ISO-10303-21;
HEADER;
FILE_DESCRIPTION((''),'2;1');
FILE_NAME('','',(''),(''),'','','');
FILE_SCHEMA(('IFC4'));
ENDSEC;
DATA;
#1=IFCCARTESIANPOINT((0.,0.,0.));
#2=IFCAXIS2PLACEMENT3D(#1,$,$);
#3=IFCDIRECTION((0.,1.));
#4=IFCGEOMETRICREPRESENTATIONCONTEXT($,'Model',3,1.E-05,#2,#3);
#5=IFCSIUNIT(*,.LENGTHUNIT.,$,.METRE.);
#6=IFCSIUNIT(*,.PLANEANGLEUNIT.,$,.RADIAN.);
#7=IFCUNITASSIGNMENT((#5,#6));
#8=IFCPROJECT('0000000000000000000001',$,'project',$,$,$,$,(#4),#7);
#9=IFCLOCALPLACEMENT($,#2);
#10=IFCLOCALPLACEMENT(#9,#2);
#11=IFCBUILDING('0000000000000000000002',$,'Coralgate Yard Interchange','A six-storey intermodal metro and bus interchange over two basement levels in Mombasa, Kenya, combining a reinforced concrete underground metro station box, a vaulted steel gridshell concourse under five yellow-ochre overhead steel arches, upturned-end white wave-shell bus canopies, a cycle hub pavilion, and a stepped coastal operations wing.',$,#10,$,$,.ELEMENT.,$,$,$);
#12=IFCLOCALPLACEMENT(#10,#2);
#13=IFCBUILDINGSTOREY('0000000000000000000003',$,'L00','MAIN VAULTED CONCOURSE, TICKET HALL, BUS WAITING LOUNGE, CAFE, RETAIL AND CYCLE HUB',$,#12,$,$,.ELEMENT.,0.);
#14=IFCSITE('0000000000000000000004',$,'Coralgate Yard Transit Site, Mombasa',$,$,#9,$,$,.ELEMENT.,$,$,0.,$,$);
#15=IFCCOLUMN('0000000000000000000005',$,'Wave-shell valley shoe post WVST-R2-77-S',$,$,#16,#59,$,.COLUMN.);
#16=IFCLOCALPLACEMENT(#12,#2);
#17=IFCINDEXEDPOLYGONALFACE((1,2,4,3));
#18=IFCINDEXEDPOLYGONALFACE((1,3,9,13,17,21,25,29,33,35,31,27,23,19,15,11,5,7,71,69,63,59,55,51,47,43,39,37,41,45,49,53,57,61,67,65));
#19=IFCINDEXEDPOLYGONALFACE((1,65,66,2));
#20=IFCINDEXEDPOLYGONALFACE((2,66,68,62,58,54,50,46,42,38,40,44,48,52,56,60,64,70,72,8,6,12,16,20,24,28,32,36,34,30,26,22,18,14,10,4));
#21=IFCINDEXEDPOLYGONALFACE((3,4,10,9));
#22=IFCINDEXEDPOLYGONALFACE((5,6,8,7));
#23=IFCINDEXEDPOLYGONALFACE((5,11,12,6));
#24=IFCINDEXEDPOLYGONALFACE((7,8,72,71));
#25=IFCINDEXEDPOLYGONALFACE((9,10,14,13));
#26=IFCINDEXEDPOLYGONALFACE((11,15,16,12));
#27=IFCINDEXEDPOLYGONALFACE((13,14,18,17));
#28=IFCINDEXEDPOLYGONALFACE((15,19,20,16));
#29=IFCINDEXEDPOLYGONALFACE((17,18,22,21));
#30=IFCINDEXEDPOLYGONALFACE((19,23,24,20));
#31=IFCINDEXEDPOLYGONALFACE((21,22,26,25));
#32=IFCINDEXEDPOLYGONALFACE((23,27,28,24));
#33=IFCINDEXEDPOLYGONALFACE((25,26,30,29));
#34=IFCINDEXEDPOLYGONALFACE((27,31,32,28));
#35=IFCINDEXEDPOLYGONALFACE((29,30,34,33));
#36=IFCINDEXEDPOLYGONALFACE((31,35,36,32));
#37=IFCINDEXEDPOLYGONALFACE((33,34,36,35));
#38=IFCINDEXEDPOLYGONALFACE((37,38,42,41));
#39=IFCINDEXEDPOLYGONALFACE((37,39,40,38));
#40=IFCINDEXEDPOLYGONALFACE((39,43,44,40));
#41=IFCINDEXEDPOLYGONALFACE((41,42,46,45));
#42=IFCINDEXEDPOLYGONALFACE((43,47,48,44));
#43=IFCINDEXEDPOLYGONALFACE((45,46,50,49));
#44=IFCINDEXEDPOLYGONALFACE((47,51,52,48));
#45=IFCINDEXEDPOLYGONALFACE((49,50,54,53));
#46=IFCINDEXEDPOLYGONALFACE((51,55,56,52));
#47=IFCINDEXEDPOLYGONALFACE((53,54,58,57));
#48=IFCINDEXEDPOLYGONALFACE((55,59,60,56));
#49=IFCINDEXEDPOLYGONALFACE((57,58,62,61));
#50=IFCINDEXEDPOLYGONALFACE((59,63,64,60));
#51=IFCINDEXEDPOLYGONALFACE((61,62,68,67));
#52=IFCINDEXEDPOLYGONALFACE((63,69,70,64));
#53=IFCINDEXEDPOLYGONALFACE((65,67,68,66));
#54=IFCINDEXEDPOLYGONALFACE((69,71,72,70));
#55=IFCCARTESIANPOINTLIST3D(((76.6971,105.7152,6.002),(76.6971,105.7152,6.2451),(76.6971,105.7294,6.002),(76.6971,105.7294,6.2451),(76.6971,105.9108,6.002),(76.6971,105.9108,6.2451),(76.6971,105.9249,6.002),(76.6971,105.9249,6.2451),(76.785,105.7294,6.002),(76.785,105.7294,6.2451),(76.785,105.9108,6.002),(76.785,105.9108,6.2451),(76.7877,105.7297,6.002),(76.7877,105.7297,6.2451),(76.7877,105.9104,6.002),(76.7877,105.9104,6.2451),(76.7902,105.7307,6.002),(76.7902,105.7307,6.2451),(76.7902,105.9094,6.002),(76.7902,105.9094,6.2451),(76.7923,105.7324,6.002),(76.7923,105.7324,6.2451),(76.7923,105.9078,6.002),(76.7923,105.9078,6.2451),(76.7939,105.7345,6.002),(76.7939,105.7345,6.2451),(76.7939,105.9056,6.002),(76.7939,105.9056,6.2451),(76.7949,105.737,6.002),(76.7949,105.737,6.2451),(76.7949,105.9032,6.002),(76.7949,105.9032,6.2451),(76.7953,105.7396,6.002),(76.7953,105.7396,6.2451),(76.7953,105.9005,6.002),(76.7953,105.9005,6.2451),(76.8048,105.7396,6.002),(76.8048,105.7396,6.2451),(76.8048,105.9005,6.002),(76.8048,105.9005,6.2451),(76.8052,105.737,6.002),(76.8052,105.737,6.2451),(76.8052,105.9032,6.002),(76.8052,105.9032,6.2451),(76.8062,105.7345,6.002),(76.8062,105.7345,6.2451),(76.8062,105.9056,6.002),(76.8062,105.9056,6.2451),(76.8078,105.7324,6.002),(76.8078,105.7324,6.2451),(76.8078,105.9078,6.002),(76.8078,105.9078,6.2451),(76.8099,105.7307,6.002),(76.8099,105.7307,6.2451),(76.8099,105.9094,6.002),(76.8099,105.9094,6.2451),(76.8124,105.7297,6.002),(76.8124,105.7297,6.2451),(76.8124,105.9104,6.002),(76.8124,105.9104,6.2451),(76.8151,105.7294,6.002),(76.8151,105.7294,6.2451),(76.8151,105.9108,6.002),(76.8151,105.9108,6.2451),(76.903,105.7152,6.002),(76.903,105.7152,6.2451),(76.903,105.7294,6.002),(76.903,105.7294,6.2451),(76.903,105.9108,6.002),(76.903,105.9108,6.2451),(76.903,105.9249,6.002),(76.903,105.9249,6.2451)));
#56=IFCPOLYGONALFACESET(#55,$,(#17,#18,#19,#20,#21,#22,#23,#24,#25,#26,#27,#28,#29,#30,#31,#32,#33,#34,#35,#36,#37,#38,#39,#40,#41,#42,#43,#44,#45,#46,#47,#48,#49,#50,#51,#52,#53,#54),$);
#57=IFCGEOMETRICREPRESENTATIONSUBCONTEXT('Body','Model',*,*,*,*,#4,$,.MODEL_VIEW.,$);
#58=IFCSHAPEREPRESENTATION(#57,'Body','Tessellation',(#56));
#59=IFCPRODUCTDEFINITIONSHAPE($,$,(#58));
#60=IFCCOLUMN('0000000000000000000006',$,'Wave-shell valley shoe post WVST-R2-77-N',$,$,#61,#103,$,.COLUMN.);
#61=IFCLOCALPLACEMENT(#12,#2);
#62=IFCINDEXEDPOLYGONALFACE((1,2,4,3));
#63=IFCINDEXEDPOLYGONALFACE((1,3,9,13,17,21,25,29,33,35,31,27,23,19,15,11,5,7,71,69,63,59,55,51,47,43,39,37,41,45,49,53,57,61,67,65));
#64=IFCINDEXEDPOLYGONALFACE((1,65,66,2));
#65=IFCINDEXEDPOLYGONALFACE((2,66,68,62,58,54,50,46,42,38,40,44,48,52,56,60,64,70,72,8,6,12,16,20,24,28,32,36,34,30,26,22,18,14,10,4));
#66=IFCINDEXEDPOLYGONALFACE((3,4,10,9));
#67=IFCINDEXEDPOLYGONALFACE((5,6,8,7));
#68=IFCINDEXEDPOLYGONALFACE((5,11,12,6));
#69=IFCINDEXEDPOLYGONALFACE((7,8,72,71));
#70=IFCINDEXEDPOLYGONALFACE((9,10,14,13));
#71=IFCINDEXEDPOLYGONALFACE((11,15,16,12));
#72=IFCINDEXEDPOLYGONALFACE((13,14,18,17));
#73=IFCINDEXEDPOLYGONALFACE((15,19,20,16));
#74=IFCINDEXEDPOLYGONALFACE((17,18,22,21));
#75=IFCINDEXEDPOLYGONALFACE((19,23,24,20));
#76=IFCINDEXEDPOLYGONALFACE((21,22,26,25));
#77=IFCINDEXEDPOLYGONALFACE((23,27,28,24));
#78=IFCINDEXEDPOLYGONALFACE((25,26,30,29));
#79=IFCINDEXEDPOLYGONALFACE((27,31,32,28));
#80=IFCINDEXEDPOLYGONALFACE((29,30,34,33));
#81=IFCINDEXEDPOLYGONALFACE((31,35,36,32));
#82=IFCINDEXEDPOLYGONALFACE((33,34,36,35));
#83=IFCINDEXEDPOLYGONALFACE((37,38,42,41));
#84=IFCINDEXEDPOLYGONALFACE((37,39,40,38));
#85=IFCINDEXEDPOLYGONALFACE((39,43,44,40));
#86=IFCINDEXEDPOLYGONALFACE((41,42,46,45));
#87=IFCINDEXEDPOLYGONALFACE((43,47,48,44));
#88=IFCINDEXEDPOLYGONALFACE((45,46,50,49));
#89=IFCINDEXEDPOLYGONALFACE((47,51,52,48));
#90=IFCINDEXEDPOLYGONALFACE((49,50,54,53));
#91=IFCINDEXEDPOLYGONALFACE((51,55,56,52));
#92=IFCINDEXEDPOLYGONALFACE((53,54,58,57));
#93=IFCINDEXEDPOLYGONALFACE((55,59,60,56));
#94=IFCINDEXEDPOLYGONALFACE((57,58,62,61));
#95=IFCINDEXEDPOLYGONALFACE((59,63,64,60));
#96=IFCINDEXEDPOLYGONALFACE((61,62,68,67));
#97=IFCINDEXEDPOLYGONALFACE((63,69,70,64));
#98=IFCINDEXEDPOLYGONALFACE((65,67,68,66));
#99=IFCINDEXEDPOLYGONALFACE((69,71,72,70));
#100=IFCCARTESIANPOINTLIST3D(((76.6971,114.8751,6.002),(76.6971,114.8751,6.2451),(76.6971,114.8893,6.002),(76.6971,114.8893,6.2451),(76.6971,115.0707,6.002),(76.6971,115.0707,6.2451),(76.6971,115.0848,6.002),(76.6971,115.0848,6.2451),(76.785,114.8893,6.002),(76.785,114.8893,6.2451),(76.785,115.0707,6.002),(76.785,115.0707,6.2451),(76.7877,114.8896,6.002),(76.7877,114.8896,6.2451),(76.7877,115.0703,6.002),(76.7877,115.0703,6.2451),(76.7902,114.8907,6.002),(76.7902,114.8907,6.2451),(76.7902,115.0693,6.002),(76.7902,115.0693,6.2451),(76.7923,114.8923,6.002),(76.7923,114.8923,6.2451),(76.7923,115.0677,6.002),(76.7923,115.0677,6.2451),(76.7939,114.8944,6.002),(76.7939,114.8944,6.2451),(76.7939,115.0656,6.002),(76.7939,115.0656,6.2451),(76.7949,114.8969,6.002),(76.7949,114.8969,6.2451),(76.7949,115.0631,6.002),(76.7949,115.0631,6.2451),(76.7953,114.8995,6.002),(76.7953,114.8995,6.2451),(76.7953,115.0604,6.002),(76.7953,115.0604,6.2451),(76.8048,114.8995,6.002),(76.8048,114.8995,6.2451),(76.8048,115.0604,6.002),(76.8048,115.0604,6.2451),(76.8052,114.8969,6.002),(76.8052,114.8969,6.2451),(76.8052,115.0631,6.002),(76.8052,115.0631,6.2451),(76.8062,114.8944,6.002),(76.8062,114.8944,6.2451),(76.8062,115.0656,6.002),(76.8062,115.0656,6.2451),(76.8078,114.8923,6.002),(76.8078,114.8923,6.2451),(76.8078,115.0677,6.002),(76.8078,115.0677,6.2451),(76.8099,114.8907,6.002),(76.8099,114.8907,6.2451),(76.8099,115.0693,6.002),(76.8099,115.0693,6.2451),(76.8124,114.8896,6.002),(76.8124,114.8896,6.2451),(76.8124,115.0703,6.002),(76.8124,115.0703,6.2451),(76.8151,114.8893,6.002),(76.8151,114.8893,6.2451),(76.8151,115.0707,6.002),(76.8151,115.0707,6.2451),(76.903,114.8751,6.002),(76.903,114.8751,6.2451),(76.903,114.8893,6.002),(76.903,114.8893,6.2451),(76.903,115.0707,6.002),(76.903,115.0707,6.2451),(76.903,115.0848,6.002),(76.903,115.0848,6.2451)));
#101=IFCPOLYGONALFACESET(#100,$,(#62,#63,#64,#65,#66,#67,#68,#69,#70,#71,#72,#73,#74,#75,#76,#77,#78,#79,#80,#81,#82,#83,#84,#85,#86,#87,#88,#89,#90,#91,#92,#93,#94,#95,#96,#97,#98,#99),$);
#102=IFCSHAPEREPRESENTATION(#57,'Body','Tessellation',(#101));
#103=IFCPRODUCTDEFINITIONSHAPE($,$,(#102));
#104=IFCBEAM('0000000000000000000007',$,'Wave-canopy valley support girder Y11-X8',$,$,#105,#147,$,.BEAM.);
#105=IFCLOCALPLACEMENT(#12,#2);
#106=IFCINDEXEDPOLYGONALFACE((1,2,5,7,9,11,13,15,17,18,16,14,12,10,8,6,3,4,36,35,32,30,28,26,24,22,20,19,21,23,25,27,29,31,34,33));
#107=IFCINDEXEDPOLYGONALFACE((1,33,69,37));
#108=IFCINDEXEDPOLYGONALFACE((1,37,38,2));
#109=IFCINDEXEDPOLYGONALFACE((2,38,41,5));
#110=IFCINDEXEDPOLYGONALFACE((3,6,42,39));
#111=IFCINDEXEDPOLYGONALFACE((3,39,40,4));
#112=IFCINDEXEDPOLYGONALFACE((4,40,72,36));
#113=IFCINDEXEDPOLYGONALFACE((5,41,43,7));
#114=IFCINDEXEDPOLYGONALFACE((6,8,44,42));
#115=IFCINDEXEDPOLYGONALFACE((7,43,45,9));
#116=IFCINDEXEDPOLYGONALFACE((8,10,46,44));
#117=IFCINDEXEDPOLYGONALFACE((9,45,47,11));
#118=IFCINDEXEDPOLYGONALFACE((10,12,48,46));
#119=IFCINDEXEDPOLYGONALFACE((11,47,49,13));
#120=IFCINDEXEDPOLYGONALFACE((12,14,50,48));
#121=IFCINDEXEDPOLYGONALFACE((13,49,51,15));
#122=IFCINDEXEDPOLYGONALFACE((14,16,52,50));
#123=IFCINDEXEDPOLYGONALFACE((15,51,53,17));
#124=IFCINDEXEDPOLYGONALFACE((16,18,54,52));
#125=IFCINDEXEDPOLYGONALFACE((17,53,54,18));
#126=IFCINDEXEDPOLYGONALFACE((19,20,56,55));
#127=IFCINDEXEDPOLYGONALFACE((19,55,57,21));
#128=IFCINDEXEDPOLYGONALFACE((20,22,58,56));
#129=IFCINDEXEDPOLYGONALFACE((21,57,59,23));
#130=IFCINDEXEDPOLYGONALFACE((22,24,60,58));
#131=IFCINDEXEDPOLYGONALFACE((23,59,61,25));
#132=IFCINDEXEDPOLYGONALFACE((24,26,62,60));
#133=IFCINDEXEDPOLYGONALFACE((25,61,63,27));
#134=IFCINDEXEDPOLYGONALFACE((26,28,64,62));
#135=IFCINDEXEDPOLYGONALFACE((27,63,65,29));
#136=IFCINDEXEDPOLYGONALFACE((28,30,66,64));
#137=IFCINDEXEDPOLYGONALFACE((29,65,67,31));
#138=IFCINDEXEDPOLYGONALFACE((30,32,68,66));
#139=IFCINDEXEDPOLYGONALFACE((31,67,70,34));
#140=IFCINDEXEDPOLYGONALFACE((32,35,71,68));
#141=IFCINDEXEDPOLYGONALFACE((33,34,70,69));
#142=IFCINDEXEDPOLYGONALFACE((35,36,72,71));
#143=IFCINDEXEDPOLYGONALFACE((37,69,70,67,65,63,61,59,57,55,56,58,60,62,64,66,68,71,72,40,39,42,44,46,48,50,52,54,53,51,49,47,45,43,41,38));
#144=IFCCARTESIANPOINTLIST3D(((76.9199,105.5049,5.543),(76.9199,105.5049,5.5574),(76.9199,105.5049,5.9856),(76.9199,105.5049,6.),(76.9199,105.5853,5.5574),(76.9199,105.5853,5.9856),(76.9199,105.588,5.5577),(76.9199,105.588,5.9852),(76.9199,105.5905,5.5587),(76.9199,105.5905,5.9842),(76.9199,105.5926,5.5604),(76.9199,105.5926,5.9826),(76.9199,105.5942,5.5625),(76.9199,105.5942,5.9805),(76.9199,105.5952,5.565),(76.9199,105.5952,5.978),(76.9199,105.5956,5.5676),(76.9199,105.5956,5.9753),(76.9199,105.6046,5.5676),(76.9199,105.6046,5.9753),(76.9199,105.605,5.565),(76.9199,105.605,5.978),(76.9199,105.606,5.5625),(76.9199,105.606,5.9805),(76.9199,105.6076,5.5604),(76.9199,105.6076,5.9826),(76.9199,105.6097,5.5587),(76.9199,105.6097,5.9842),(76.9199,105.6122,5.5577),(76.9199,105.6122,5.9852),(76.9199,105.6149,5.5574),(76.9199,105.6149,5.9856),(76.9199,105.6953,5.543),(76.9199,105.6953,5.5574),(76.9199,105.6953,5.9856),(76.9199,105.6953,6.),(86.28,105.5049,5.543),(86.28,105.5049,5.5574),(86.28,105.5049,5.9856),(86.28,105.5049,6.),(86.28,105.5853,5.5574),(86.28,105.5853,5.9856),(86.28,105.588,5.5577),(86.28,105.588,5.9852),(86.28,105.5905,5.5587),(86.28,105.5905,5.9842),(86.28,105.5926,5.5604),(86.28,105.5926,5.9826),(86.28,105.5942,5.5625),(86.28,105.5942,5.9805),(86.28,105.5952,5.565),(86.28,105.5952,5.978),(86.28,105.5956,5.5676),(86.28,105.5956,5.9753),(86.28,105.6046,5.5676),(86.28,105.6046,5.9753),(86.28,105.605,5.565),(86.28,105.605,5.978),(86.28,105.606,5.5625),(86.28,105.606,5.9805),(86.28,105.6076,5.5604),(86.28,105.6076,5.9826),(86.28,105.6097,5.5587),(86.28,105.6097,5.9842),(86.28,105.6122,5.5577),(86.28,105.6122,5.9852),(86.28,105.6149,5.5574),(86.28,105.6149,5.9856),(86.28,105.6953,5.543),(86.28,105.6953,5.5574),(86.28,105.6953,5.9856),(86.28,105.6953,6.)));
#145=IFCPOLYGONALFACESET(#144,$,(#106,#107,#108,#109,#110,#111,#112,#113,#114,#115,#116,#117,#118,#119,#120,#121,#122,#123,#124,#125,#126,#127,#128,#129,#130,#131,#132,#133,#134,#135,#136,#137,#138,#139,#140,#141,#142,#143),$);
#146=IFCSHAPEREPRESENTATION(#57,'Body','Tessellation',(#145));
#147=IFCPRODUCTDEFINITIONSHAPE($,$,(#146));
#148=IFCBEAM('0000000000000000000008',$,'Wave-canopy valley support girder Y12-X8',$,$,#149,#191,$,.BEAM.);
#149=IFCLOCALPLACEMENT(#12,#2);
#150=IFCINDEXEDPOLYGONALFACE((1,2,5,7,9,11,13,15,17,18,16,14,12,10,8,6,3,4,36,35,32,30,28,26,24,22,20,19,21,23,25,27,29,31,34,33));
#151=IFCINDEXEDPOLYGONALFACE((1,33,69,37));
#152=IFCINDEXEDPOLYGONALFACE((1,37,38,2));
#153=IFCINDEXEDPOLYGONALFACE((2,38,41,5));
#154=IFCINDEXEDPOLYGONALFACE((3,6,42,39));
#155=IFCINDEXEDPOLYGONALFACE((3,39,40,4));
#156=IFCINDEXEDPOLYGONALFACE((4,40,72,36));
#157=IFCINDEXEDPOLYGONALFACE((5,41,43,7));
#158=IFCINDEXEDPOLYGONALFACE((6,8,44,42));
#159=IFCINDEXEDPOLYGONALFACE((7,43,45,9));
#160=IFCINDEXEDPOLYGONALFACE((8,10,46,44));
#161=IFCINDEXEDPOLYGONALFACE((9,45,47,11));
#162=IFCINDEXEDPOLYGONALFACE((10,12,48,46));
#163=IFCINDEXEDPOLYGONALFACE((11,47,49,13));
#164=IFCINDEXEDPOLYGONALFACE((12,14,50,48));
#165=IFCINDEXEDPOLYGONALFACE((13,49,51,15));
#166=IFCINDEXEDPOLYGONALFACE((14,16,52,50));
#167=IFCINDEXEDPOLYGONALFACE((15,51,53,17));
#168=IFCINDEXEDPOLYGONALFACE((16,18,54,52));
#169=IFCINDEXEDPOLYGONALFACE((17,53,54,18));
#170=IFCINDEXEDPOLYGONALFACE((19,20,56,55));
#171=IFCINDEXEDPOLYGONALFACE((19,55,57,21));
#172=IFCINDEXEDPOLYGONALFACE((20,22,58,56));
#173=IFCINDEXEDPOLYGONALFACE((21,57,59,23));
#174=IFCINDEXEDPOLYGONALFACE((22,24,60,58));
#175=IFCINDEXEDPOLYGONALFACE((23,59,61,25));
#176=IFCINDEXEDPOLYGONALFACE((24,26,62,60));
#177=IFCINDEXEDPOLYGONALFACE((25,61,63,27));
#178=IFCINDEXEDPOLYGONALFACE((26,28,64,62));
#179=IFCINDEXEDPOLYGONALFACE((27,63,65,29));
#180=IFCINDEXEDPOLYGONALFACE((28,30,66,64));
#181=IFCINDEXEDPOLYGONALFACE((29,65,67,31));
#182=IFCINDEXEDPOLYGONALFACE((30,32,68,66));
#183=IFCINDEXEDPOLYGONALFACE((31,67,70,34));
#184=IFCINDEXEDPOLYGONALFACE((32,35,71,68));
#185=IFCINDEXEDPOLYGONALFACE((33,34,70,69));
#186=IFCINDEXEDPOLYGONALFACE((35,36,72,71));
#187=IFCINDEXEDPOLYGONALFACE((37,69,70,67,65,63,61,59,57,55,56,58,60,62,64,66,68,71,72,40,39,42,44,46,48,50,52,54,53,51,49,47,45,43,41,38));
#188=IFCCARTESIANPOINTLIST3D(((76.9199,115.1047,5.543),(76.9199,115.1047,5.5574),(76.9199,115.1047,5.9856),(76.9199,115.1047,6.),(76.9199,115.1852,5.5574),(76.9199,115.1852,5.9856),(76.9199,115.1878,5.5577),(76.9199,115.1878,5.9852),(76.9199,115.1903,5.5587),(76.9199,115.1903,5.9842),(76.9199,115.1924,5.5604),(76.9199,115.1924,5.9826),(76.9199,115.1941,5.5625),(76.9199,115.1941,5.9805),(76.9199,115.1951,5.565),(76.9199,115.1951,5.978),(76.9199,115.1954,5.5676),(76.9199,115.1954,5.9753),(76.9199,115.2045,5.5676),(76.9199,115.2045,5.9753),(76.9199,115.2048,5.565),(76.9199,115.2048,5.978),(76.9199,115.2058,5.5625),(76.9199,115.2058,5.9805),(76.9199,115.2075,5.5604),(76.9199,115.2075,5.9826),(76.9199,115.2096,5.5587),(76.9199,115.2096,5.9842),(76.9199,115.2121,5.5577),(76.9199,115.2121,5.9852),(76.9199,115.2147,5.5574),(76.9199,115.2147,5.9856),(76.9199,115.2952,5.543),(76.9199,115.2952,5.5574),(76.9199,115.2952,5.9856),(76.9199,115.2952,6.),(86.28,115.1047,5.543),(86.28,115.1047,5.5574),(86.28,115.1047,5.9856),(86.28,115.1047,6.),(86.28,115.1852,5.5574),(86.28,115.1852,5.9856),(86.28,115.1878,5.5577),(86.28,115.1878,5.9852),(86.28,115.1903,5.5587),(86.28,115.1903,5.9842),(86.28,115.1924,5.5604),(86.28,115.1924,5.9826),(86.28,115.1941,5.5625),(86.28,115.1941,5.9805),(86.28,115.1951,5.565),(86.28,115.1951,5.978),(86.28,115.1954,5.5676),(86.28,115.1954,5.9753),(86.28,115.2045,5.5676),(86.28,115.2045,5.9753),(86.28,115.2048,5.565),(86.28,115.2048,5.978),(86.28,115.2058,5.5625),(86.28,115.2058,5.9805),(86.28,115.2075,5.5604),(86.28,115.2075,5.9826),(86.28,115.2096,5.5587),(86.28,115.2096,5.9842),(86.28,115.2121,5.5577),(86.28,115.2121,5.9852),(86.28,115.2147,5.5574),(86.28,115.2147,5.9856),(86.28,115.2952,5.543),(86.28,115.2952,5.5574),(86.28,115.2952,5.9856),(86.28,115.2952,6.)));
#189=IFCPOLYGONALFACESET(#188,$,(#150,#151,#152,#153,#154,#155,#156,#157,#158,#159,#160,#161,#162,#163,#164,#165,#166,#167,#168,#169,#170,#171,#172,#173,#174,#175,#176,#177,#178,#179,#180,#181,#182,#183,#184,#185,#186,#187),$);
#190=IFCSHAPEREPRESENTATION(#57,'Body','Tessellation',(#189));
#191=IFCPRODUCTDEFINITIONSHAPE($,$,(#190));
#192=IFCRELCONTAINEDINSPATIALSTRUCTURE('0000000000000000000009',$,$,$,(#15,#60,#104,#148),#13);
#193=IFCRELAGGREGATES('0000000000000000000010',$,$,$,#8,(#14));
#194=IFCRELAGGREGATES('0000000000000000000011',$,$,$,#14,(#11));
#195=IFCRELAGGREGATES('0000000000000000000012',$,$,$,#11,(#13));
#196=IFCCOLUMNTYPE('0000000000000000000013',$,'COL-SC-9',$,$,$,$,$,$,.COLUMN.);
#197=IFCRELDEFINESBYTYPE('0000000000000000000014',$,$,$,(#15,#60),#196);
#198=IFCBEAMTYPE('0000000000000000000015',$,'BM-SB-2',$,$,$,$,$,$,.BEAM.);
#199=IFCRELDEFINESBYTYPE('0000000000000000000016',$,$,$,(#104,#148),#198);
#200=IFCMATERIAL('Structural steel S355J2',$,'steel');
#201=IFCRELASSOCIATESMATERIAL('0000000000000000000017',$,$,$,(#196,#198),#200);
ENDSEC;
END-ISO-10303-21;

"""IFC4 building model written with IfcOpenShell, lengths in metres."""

from ifc_helpers import new_model, si_unit, direction, frame, origin, origin_2d, place, context, subcontext, project, spatial, i_section, extrude, material, material_profile, profile_set, type_object, element, save


model = new_model("IFC4")

# Units and contexts
model_context = context("Model", 3, precision=1e-05, world=origin(), true_north=direction((0.0, 1.0)))
body_context = subcontext(model_context, "Body", "Model", "MODEL_VIEW")
ifc_project = project(units=[si_unit("LENGTHUNIT", "METRE"), si_unit("PLANEANGLEUNIT", "RADIAN")], contexts=[model_context])

# Site, building, storey
site_placement = place(None, origin())
site = spatial("IfcSite", under=ifc_project, at=site_placement, Name="Coralgate Yard Transit Site, Mombasa", CompositionType="ELEMENT", RefElevation=0.0)
building_placement = place(site_placement, origin())
building = spatial("IfcBuilding", under=site, at=building_placement, Name="Coralgate Yard Interchange", Description="A six-storey intermodal metro and bus interchange over two basement levels in Mombasa, Kenya, combining a reinforced concrete underground metro station box, a vaulted steel gridshell concourse under five yellow-ochre overhead steel arches, upturned-end white wave-shell bus canopies, a cycle hub pavilion, and a stepped coastal operations wing.", CompositionType="ELEMENT")
storey_placement = place(building_placement, origin())
storey = spatial("IfcBuildingStorey", under=building, at=storey_placement, Name="L00", Description="MAIN VAULTED CONCOURSE, TICKET HALL, BUS WAITING LOUNGE, CAFE, RETAIL AND CYCLE HUB", CompositionType="ELEMENT", Elevation=0.0)

# Columns
ifc_material_1 = material(Name="Structural steel S355J2", Category="steel")
ifc_material_profile_1 = material_profile(ifc_material_1, i_section(OverallWidth=0.2058, OverallDepth=0.2097, WebThickness=0.0095, FlangeThickness=0.0142, FilletRadius=0.0103, at=origin_2d()), Name="UC 203x203x60")
ifc_profile_set_1 = profile_set([ifc_material_profile_1], Name="Structural steel S355J2")
column_type_1 = type_object("IfcColumnType", Name="COL-SC-9", PredefinedType="COLUMN", material=ifc_profile_set_1)
for number, where, z_axis, x_axis, name in (
    (1, (76.8, 105.8201, 6.002), (0.0, 0.0, 1.0), (1.0, 0.0, 0.0), "Wave-shell valley shoe post WVST-R2-77-S"),
    (2, (76.8, 114.98, 6.002), (0.0, 0.0, 1.0), (1.0, 0.0, 0.0), "Wave-shell valley shoe post WVST-R2-77-N"),
):
    element("IfcColumn", number, at=place(storey_placement, frame(where, z_axis=z_axis, x_axis=x_axis)), inside=storey, type_object=column_type_1, Name=name, PredefinedType="COLUMN", context=body_context, shape_type="SweptSolid", body=[
        extrude(i_section(OverallWidth=0.2058, OverallDepth=0.2097, WebThickness=0.0095, FlangeThickness=0.0142, FilletRadius=0.0103, at=origin_2d()), origin(), (0.0, 0.0, 1.0), 0.2432),
    ])

# Beams
ifc_material_profile_2 = material_profile(ifc_material_1, i_section(OverallWidth=0.1904, OverallDepth=0.457, WebThickness=0.009, FlangeThickness=0.0144, FilletRadius=0.0103, at=origin_2d()), Name="UB 457x191x74")
ifc_profile_set_2 = profile_set([ifc_material_profile_2], Name="Structural steel S355J2")
beam_type_1 = type_object("IfcBeamType", Name="BM-SB-2", PredefinedType="BEAM", material=ifc_profile_set_2)
for number, where, z_axis, x_axis, name in (
    (3, (76.9199, 105.6001, 5.7715), (1.0, 0.0, 0.0), (0.0, 1.0, 0.0), "Wave-canopy valley support girder Y11-X8"),
    (4, (76.9199, 115.2, 5.7715), (1.0, 0.0, 0.0), (0.0, 1.0, 0.0), "Wave-canopy valley support girder Y12-X8"),
):
    element("IfcBeam", number, at=place(storey_placement, frame(where, z_axis=z_axis, x_axis=x_axis)), inside=storey, type_object=beam_type_1, Name=name, PredefinedType="BEAM", context=body_context, shape_type="SweptSolid", body=[
        extrude(i_section(OverallWidth=0.1904, OverallDepth=0.457, WebThickness=0.009, FlangeThickness=0.0144, FilletRadius=0.0103, at=origin_2d()), origin(), (0.0, 0.0, 1.0), 9.3601),
    ])

save(model, "model.ifc")
